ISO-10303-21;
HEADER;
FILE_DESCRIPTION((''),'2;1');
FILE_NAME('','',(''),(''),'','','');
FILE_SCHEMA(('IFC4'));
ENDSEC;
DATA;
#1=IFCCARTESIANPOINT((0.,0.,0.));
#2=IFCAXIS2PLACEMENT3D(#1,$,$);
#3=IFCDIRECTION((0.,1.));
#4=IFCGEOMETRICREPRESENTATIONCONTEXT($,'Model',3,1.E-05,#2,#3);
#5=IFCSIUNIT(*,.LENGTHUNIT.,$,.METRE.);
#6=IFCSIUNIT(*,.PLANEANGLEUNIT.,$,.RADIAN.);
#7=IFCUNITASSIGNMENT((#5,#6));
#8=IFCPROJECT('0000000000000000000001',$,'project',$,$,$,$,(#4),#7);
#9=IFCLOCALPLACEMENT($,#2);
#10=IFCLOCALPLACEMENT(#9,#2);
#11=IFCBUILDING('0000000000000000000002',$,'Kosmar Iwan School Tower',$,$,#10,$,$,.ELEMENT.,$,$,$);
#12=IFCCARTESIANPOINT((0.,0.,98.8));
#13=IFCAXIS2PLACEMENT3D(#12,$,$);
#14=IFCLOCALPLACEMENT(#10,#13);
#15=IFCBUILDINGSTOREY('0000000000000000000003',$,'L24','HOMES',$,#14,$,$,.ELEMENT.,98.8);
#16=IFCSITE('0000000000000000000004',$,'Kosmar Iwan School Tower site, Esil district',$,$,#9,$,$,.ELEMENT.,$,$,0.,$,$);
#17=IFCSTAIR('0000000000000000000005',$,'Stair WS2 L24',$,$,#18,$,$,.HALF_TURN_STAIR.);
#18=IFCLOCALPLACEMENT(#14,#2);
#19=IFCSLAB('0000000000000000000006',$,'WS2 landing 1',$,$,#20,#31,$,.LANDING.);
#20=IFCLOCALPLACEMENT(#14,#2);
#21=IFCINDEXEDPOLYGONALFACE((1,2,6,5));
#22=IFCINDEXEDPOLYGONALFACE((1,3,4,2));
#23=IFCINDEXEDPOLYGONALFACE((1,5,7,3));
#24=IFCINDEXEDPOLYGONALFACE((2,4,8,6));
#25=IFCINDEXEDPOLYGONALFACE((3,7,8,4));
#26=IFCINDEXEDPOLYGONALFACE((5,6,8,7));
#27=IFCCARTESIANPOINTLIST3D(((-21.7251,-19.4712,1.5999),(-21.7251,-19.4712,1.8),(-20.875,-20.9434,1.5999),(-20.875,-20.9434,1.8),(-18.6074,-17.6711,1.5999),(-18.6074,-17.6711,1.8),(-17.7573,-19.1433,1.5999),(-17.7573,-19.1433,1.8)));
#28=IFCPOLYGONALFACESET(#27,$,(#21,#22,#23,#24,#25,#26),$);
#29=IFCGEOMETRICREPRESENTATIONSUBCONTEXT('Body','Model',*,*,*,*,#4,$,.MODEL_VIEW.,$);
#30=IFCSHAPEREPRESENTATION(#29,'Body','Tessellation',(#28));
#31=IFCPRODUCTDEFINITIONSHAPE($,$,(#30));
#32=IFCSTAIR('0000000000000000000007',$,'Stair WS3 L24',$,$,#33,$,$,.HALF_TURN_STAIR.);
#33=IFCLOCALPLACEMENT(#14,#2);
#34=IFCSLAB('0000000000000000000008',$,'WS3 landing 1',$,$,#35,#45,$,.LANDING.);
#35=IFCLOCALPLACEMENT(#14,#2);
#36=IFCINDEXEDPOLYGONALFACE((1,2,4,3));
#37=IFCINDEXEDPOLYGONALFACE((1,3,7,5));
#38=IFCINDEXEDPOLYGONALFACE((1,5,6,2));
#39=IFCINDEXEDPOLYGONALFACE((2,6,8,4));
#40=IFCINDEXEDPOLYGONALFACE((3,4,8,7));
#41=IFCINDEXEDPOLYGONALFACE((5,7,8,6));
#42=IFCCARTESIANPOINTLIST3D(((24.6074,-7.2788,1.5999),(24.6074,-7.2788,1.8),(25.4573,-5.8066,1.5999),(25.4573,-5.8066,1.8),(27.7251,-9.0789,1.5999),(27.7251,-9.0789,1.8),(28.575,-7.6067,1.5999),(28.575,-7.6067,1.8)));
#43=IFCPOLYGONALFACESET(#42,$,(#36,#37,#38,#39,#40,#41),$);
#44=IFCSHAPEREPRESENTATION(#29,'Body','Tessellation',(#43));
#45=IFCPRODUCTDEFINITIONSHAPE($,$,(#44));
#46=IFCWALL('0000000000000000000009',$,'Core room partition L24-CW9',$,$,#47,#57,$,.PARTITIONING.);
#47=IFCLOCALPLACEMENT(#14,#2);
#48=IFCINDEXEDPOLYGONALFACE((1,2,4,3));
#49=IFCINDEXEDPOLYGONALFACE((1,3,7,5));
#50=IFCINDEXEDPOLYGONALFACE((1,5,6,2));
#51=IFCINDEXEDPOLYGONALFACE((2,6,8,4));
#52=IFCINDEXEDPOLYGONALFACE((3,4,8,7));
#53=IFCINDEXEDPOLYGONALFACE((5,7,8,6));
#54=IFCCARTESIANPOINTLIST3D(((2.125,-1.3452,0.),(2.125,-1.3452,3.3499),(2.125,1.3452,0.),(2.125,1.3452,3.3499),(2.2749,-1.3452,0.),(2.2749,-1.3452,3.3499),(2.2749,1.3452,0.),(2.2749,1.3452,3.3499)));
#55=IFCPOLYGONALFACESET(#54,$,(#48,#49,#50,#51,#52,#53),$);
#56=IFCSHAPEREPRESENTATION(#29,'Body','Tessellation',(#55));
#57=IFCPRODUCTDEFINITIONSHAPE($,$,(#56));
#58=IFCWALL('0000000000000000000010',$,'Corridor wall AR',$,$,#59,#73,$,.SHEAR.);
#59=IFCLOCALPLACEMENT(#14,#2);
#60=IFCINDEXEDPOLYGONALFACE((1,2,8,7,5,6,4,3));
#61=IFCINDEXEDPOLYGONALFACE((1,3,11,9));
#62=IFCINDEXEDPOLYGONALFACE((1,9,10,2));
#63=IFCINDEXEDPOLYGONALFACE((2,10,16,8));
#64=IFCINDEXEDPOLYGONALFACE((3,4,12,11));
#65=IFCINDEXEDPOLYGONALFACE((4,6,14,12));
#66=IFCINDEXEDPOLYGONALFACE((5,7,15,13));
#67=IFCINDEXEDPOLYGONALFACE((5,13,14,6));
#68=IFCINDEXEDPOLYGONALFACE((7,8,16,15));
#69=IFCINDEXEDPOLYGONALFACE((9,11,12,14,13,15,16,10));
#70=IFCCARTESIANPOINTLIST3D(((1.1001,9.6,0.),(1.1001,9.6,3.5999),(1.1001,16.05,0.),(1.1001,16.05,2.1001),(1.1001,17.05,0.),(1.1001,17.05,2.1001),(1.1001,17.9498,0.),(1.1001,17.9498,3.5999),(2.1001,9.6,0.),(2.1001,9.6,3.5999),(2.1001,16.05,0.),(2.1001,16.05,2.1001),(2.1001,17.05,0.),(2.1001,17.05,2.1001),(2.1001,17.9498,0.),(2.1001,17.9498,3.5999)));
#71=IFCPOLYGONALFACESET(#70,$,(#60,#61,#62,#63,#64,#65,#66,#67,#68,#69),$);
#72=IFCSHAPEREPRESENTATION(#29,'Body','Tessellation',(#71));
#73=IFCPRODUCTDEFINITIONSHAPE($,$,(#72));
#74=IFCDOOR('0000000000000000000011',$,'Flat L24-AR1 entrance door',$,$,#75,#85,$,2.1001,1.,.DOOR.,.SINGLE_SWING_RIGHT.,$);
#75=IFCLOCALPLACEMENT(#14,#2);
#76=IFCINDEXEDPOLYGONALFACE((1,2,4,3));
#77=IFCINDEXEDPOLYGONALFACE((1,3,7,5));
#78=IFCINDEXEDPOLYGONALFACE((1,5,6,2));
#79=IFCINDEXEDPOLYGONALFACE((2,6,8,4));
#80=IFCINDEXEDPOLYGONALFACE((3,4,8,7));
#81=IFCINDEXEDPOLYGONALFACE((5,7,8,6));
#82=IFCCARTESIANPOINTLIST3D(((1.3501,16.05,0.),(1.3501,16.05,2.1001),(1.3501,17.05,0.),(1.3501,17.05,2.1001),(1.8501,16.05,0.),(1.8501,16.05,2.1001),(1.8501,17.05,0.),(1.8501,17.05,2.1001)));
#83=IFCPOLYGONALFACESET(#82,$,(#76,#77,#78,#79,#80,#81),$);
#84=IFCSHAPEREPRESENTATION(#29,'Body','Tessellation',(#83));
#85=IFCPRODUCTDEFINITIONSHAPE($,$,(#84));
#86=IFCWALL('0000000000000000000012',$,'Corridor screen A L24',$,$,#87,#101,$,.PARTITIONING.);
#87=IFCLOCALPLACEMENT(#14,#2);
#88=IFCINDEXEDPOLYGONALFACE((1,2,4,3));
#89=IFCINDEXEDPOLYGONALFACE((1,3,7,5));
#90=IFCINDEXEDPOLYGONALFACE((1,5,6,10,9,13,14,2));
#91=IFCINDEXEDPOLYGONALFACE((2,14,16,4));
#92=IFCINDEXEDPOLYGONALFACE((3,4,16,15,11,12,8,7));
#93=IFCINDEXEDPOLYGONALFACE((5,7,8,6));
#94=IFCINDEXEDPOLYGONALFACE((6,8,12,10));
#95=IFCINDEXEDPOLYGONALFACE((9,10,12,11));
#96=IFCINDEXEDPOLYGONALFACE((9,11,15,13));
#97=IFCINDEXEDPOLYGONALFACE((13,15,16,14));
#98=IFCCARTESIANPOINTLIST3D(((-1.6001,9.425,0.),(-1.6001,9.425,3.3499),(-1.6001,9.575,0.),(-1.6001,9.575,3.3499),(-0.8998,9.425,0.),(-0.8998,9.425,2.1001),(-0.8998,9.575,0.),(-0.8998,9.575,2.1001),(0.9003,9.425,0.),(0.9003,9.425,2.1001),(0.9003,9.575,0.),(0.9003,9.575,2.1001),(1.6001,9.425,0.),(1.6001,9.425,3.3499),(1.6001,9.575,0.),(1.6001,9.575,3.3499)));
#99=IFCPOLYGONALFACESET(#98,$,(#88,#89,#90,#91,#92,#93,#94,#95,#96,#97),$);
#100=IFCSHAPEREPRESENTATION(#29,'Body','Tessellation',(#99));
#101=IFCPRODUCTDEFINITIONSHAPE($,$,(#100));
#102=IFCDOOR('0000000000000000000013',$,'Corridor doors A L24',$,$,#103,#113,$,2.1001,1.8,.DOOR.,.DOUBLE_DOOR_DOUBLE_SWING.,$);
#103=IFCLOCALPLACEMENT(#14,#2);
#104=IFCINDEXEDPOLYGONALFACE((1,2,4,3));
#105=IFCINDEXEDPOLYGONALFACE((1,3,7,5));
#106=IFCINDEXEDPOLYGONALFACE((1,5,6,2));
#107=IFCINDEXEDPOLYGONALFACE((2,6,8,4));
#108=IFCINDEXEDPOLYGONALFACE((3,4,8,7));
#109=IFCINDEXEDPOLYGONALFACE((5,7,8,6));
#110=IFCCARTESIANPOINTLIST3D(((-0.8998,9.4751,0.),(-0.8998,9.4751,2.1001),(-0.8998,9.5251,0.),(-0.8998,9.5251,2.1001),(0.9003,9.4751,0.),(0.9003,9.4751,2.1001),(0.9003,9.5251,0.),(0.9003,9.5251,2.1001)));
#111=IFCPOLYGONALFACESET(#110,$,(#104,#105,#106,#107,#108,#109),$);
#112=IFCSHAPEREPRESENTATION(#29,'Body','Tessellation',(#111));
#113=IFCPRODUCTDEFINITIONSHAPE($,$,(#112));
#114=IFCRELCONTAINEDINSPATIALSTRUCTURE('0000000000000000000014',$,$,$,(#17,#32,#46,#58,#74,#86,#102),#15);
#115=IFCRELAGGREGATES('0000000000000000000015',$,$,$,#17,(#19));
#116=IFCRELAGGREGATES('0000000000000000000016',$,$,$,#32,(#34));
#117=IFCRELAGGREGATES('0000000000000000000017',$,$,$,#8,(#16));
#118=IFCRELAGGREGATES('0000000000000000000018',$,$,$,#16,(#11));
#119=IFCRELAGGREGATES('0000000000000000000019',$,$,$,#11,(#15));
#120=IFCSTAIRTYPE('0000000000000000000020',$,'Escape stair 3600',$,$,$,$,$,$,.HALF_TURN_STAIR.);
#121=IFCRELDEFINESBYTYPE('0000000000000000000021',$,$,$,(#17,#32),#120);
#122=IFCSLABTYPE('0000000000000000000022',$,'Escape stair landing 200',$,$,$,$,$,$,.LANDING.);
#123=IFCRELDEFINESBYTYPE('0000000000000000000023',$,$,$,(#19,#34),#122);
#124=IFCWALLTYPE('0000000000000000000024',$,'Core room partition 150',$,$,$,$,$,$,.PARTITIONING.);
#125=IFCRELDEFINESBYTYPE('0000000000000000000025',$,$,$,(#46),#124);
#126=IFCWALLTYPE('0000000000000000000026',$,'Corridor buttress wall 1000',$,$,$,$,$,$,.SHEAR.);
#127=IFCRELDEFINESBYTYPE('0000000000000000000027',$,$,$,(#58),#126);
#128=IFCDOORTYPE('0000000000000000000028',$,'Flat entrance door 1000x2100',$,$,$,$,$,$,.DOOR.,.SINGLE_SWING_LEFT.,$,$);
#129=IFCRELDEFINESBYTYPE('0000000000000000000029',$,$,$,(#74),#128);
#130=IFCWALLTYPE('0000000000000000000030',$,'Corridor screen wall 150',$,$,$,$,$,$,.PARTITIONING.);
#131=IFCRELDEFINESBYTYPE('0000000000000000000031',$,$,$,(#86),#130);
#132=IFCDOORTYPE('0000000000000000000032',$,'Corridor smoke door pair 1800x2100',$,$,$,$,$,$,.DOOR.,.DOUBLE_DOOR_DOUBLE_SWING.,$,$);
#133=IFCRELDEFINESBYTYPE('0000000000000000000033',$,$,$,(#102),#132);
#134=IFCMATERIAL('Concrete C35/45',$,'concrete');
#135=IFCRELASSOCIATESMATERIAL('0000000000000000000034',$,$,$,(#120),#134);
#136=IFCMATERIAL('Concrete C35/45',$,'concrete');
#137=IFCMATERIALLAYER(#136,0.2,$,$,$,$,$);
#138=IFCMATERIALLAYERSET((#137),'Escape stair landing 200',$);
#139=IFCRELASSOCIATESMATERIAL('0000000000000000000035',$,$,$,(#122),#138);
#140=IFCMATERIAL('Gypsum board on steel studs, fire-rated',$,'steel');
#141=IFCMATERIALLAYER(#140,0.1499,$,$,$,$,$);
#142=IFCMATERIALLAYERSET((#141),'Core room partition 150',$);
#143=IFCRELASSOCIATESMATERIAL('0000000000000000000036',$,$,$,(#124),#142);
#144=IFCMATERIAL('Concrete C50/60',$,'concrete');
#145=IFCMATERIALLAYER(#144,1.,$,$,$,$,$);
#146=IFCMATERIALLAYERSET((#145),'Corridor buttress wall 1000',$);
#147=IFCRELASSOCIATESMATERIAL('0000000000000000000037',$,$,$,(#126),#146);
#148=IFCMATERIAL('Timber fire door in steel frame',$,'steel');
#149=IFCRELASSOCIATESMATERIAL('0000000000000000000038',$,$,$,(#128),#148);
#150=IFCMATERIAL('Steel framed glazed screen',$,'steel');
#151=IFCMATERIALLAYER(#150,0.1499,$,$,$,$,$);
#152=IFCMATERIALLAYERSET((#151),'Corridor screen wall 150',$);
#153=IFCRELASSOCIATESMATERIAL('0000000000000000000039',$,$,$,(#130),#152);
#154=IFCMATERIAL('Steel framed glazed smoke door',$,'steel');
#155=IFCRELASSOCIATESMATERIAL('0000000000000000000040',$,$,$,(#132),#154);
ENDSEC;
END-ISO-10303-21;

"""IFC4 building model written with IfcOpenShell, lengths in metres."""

from ifc_helpers import new_model, si_unit, direction, frame, frame_2d, origin, place, context, subcontext, project, spatial, polyline, rectangle, outline, extrude, material, layer, layer_set, type_object, element, fill, aggregate, save


model = new_model("IFC4")

# Units and contexts
model_context = context("Model", 3, precision=1e-05, world=origin(), true_north=direction((0.0, 1.0)))
body_context = subcontext(model_context, "Body", "Model", "MODEL_VIEW")
ifc_project = project(units=[si_unit("LENGTHUNIT", "METRE"), si_unit("PLANEANGLEUNIT", "RADIAN")], contexts=[model_context])

# Site, building, storey
site_placement = place(None, origin())
site = spatial("IfcSite", under=ifc_project, at=site_placement, Name="Kosmar Iwan School Tower site, Esil district", CompositionType="ELEMENT", RefElevation=0.0)
building_placement = place(site_placement, origin())
building = spatial("IfcBuilding", under=site, at=building_placement, Name="Kosmar Iwan School Tower", CompositionType="ELEMENT")
storey_placement = place(building_placement, frame((0.0, 0.0, 98.8)))
storey = spatial("IfcBuildingStorey", under=building, at=storey_placement, Name="L24", Description="HOMES", CompositionType="ELEMENT", Elevation=98.8)

# Stairs, slabs
ifc_material_1 = material(Name="Concrete C35/45", Category="concrete")
stair_type_1 = type_object("IfcStairType", Name="Escape stair 3600", PredefinedType="HALF_TURN_STAIR", material=ifc_material_1)
stair_1_placement = place(storey_placement, origin())
stair_1 = element("IfcStair", 1, at=stair_1_placement, inside=storey, type_object=stair_type_1, Name="Stair WS2 L24", PredefinedType="HALF_TURN_STAIR")
ifc_material_2 = material(Name="Concrete C35/45", Category="concrete")
ifc_layer_1 = layer(ifc_material_2, 0.2)
ifc_layer_set_1 = layer_set([ifc_layer_1], Name="Escape stair landing 200")
slab_type = type_object("IfcSlabType", Name="Escape stair landing 200", PredefinedType="LANDING", material=ifc_layer_set_1)
slab_1_placement = place(storey_placement, frame((0.0, 0.0, 1.5999)))
slab_1 = element("IfcSlab", 2, at=slab_1_placement, type_object=slab_type, Name="WS2 landing 1", PredefinedType="LANDING", context=body_context, shape_type="SweptSolid", body=[
    extrude(outline(polyline([(-18.6074, -17.6711), (-21.7251, -19.4712), (-20.875, -20.9434), (-17.7573, -19.1433), (-18.6074, -17.6711)])), origin(), (0.0, 0.0, 1.0), 0.2002),
])
aggregate(stair_1, [slab_1])
stair_2_placement = place(storey_placement, origin())
stair_2 = element("IfcStair", 3, at=stair_2_placement, inside=storey, type_object=stair_type_1, Name="Stair WS3 L24", PredefinedType="HALF_TURN_STAIR")
slab_2_placement = place(storey_placement, frame((0.0, 0.0, 1.5999)))
slab_2 = element("IfcSlab", 4, at=slab_2_placement, type_object=slab_type, Name="WS3 landing 1", PredefinedType="LANDING", context=body_context, shape_type="SweptSolid", body=[
    extrude(outline(polyline([(24.6074, -7.2788), (27.7251, -9.0789), (28.575, -7.6067), (25.4573, -5.8066), (24.6074, -7.2788)])), origin(), (0.0, 0.0, 1.0), 0.2002),
])
aggregate(stair_2, [slab_2])

# Wall
ifc_material_3 = material(Name="Gypsum board on steel studs, fire-rated", Category="steel")
ifc_layer_2 = layer(ifc_material_3, 0.1499)
ifc_layer_set_2 = layer_set([ifc_layer_2], Name="Core room partition 150")
wall_type_1 = type_object("IfcWallType", Name="Core room partition 150", PredefinedType="PARTITIONING", material=ifc_layer_set_2)
wall_1_placement = place(storey_placement, frame((2.2, 1.3452, 0.0), z_axis=(0.0, 0.0, 1.0), x_axis=(0.0, -1.0, 0.0)))
element("IfcWall", 5, at=wall_1_placement, inside=storey, type_object=wall_type_1, Name="Core room partition L24-CW9", PredefinedType="PARTITIONING", context=body_context, shape_type="SweptSolid", body=[
    extrude(rectangle(XDim=2.6904, YDim=0.1499, at=frame_2d((1.3452, 0.0))), origin(), (0.0, 0.0, 1.0), 3.3499),
])

# Walls, openings, doors
ifc_material_4 = material(Name="Concrete C50/60", Category="concrete")
ifc_layer_3 = layer(ifc_material_4, 1.0)
ifc_layer_set_3 = layer_set([ifc_layer_3], Name="Corridor buttress wall 1000")
wall_type_2 = type_object("IfcWallType", Name="Corridor buttress wall 1000", PredefinedType="SHEAR", material=ifc_layer_set_3)
wall_2_placement = place(storey_placement, frame((1.6001, 9.6001, 0.0), z_axis=(0.0, 0.0, 1.0), x_axis=(0.0, 1.0, 0.0)))
wall_2 = element("IfcWall", 6, at=wall_2_placement, inside=storey, type_object=wall_type_2, Name="Corridor wall AR", PredefinedType="SHEAR", context=body_context, shape_type="SweptSolid", body=[
    extrude(rectangle(XDim=8.3499, YDim=1.0, at=frame_2d((4.1748, 0.0))), origin(), (0.0, 0.0, 1.0), 3.5999),
])
opening_1_placement = place(wall_2_placement, frame((6.45, 0.0, 0.0)))
opening_1 = element("IfcOpeningElement", 7, at=opening_1_placement, cuts=wall_2, PredefinedType="OPENING", context=body_context, shape_type="SweptSolid", body=[
    extrude(rectangle(XDim=1.0, YDim=2.1001, at=frame_2d((0.5, 1.05))), frame((0.0, 0.512, 0.0), z_axis=(0.0, -1.0, 0.0), x_axis=(1.0, 0.0, 0.0)), (0.0, 0.0, 1.0), 1.0239),
])
ifc_material_5 = material(Name="Timber fire door in steel frame", Category="steel")
door_type_1 = type_object("IfcDoorType", Name="Flat entrance door 1000x2100", OperationType="SINGLE_SWING_LEFT", PredefinedType="DOOR", material=ifc_material_5)
door_1_placement = place(opening_1_placement, origin())
door_1 = element("IfcDoor", 8, at=door_1_placement, inside=storey, type_object=door_type_1, Name="Flat L24-AR1 entrance door", OperationType="SINGLE_SWING_RIGHT", OverallHeight=2.1001, OverallWidth=1.0, PredefinedType="DOOR", context=body_context, shape_type="SweptSolid", body=[
    extrude(rectangle(XDim=1.0, YDim=2.1001, at=frame_2d((0.5, 1.05))), frame((0.0, 0.25, 0.0), z_axis=(0.0, -1.0, 0.0), x_axis=(1.0, 0.0, 0.0)), (0.0, 0.0, 1.0), 0.5),
])
fill(opening_1, door_1)
ifc_material_6 = material(Name="Steel framed glazed screen", Category="steel")
ifc_layer_4 = layer(ifc_material_6, 0.1499)
ifc_layer_set_4 = layer_set([ifc_layer_4], Name="Corridor screen wall 150")
wall_type_3 = type_object("IfcWallType", Name="Corridor screen wall 150", PredefinedType="PARTITIONING", material=ifc_layer_set_4)
wall_3_placement = place(storey_placement, frame((1.6001, 9.5, 0.0), z_axis=(0.0, 0.0, 1.0), x_axis=(-1.0, 0.0, 0.0)))
wall_3 = element("IfcWall", 9, at=wall_3_placement, inside=storey, type_object=wall_type_3, Name="Corridor screen A L24", PredefinedType="PARTITIONING", context=body_context, shape_type="SweptSolid", body=[
    extrude(rectangle(XDim=3.2002, YDim=0.1499, at=frame_2d((1.6001, 0.0))), origin(), (0.0, 0.0, 1.0), 3.3499),
])
opening_2_placement = place(wall_3_placement, frame((0.7, 0.0, 0.0)))
opening_2 = element("IfcOpeningElement", 10, at=opening_2_placement, cuts=wall_3, PredefinedType="OPENING", context=body_context, shape_type="SweptSolid", body=[
    extrude(rectangle(XDim=1.8, YDim=2.1001, at=frame_2d((0.8999, 1.05))), frame((0.0, 0.0869, 0.0), z_axis=(0.0, -1.0, 0.0), x_axis=(1.0, 0.0, 0.0)), (0.0, 0.0, 1.0), 0.1738),
])
ifc_material_7 = material(Name="Steel framed glazed smoke door", Category="steel")
door_type_2 = type_object("IfcDoorType", Name="Corridor smoke door pair 1800x2100", OperationType="DOUBLE_DOOR_DOUBLE_SWING", PredefinedType="DOOR", material=ifc_material_7)
door_2_placement = place(opening_2_placement, origin())
door_2 = element("IfcDoor", 11, at=door_2_placement, inside=storey, type_object=door_type_2, Name="Corridor doors A L24", OperationType="DOUBLE_DOOR_DOUBLE_SWING", OverallHeight=2.1001, OverallWidth=1.8, PredefinedType="DOOR", context=body_context, shape_type="SweptSolid", body=[
    extrude(rectangle(XDim=1.8, YDim=2.1001, at=frame_2d((0.8999, 1.05))), frame((0.0, 0.0249, 0.0), z_axis=(0.0, -1.0, 0.0), x_axis=(1.0, 0.0, 0.0)), (0.0, 0.0, 1.0), 0.05),
])
fill(opening_2, door_2)

save(model, "model.ifc")
